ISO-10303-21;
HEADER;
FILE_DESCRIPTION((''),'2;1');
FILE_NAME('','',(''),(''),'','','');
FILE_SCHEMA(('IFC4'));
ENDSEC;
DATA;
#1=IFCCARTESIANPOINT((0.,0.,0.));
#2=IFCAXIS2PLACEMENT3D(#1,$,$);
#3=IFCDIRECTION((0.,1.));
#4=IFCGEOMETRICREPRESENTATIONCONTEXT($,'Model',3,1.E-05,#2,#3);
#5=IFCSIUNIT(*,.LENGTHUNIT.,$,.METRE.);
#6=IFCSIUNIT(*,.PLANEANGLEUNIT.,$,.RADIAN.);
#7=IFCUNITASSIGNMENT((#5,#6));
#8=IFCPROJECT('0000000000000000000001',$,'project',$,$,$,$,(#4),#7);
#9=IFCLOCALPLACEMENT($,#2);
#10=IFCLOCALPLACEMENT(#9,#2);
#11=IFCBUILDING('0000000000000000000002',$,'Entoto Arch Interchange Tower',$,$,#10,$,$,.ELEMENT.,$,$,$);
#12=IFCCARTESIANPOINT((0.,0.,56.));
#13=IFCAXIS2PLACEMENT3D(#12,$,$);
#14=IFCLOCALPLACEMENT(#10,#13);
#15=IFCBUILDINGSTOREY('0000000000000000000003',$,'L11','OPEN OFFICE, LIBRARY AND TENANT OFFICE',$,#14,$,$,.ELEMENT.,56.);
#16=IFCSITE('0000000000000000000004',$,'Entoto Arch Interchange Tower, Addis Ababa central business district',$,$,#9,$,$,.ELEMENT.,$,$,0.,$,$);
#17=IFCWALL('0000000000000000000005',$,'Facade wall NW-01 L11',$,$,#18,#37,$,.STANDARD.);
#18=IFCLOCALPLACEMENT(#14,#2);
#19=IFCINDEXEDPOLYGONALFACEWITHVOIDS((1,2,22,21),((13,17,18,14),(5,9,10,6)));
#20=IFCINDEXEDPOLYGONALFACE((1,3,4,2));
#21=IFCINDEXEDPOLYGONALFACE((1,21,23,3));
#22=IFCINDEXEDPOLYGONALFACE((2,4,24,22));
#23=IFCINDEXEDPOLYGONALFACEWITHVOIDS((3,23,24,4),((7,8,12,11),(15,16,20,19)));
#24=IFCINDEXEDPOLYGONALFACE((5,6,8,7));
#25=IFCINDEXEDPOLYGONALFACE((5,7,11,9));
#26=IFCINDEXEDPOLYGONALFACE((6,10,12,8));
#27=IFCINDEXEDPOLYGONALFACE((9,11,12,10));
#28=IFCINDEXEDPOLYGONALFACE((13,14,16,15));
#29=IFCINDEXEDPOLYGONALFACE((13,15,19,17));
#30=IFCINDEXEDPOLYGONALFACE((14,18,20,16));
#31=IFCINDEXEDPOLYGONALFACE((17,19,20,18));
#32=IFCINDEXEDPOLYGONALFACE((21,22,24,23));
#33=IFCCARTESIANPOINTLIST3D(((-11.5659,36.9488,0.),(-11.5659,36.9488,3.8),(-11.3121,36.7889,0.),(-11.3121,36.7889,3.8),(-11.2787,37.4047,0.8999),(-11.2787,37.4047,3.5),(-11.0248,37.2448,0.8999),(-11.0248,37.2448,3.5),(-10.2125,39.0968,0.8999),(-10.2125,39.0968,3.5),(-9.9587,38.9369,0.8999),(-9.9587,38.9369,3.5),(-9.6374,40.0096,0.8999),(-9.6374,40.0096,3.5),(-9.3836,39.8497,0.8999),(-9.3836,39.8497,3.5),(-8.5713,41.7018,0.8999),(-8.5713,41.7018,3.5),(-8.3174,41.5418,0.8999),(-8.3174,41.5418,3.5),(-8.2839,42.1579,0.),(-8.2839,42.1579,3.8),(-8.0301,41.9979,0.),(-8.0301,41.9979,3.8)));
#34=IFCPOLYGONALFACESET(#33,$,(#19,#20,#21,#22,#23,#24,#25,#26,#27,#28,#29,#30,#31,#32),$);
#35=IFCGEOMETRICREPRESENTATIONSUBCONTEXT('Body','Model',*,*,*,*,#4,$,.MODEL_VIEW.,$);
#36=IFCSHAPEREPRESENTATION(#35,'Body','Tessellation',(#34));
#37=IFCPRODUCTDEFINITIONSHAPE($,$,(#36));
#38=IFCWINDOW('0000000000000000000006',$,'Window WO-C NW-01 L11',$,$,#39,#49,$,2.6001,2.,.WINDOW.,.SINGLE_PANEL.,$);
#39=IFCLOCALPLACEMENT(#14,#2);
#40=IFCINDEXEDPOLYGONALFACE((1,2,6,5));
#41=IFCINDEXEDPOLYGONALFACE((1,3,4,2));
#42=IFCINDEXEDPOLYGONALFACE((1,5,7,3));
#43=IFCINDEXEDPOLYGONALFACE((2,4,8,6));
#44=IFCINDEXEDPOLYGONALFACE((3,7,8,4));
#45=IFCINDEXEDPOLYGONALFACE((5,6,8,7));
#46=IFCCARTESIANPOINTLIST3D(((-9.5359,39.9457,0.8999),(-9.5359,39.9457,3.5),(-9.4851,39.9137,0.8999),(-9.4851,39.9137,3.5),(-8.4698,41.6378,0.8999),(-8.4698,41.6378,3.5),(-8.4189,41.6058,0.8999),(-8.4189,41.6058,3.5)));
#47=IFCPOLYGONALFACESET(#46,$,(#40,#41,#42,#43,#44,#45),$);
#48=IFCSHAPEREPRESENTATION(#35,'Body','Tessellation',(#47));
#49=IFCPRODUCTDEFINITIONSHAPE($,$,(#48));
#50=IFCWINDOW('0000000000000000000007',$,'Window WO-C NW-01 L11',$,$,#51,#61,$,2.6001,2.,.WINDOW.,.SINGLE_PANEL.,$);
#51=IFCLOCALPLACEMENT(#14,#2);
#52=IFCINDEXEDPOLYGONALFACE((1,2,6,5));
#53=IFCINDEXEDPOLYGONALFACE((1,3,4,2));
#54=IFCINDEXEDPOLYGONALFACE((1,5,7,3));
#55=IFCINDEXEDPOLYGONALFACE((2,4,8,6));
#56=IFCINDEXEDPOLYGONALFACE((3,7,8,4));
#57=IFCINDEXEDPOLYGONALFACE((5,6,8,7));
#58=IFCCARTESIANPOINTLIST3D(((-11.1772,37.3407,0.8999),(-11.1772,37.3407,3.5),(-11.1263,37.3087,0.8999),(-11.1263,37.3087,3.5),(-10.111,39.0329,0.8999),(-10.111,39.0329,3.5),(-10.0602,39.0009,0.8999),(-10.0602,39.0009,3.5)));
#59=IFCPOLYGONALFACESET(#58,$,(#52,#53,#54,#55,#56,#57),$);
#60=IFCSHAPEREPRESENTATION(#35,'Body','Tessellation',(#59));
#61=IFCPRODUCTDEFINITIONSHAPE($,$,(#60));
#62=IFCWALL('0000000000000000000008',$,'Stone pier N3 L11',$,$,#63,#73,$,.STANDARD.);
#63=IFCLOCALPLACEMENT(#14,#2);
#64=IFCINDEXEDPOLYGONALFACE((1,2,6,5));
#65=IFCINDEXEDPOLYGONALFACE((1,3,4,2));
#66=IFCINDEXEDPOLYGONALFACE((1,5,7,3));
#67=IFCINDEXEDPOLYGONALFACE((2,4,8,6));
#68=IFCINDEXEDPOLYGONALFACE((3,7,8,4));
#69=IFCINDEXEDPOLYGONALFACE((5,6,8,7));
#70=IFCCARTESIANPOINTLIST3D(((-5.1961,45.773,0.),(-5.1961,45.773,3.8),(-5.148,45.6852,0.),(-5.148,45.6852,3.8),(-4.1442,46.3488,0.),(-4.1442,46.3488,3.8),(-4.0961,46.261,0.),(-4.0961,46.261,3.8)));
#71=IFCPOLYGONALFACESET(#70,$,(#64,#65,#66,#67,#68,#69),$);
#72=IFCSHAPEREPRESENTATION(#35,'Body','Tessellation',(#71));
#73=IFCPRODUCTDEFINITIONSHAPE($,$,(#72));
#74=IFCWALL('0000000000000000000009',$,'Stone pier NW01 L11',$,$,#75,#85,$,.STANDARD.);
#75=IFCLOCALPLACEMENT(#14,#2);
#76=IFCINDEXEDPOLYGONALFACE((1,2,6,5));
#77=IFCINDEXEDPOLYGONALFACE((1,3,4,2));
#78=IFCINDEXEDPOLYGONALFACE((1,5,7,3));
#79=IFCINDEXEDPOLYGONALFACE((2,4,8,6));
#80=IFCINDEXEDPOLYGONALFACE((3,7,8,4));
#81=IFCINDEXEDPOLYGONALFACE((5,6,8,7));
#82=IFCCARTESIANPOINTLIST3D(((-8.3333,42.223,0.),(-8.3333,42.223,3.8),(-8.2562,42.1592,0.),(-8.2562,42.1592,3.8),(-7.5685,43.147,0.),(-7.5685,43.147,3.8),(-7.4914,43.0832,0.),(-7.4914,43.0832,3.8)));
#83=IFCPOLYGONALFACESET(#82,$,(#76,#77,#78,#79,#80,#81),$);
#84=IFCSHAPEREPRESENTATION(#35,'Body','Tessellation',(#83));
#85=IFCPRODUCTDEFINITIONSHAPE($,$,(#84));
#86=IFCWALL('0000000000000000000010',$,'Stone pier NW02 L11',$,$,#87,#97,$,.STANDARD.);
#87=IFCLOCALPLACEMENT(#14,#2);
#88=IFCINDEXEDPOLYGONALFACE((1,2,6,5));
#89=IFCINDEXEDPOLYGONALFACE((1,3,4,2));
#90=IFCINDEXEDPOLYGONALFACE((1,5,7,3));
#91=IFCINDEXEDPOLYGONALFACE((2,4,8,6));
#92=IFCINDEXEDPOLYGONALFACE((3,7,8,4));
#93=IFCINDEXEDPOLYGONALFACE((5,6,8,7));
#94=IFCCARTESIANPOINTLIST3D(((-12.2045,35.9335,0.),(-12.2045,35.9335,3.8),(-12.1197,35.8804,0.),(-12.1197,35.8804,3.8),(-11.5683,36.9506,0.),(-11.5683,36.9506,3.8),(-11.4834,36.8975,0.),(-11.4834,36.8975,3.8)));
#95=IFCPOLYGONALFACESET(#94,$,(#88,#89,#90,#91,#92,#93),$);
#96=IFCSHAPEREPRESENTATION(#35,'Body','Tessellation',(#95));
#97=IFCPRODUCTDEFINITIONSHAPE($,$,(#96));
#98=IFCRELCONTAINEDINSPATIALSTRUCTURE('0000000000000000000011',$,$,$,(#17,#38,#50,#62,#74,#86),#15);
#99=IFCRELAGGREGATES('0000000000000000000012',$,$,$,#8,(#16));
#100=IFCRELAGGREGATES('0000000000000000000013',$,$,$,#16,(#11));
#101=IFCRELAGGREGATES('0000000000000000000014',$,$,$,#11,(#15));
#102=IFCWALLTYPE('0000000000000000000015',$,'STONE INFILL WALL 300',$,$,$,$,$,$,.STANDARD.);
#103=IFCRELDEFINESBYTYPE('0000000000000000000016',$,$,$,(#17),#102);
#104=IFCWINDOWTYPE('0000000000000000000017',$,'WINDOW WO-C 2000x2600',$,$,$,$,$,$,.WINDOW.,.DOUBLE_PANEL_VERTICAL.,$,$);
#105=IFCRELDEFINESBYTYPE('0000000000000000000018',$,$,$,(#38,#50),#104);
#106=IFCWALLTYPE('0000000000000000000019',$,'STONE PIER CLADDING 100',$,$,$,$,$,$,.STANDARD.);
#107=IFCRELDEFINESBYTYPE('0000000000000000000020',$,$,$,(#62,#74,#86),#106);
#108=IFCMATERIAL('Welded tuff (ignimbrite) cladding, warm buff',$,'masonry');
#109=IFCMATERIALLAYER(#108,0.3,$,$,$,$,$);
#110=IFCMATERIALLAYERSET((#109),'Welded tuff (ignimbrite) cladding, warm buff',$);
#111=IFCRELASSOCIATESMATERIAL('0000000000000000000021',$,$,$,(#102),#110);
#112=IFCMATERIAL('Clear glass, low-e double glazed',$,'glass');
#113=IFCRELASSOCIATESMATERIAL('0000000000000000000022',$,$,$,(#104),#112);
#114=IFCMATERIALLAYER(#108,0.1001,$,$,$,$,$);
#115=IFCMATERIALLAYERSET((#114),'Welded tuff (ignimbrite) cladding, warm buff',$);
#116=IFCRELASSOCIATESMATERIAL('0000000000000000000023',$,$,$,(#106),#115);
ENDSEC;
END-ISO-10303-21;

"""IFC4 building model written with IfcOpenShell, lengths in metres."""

from ifc_helpers import new_model, si_unit, direction, frame, frame_2d, origin, place, context, subcontext, project, spatial, rectangle, extrude, material, layer, layer_set, type_object, element, fill, save


model = new_model("IFC4")

# Units and contexts
model_context = context("Model", 3, precision=1e-05, world=origin(), true_north=direction((0.0, 1.0)))
body_context = subcontext(model_context, "Body", "Model", "MODEL_VIEW")
ifc_project = project(units=[si_unit("LENGTHUNIT", "METRE"), si_unit("PLANEANGLEUNIT", "RADIAN")], contexts=[model_context])

# Site, building, storey
site_placement = place(None, origin())
site = spatial("IfcSite", under=ifc_project, at=site_placement, Name="Entoto Arch Interchange Tower, Addis Ababa central business district", CompositionType="ELEMENT", RefElevation=0.0)
building_placement = place(site_placement, origin())
building = spatial("IfcBuilding", under=site, at=building_placement, Name="Entoto Arch Interchange Tower", CompositionType="ELEMENT")
storey_placement = place(building_placement, frame((0.0, 0.0, 56.0)))
storey = spatial("IfcBuildingStorey", under=building, at=storey_placement, Name="L11", Description="OPEN OFFICE, LIBRARY AND TENANT OFFICE", CompositionType="ELEMENT", Elevation=56.0)

# Shared definitions
ifc_material_1 = material(Name="Welded tuff (ignimbrite) cladding, warm buff", Category="masonry")
ifc_layer_1 = layer(ifc_material_1, 0.3)
ifc_layer_set_1 = layer_set([ifc_layer_1], Name="Welded tuff (ignimbrite) cladding, warm buff")
wall_type_1 = type_object("IfcWallType", Name="STONE INFILL WALL 300", PredefinedType="STANDARD", material=ifc_layer_set_1)
ifc_material_2 = material(Name="Clear glass, low-e double glazed", Category="glass")

# Wall, openings, windows
wall_1_placement = place(storey_placement, frame((-8.157, 42.0779, 0.0), z_axis=(0.0, 0.0, 1.0), x_axis=(-0.533075, -0.846068, 0.0)))
wall_1 = element("IfcWall", 1, at=wall_1_placement, inside=storey, type_object=wall_type_1, Name="Facade wall NW-01 L11", PredefinedType="STANDARD", context=body_context, shape_type="SweptSolid", body=[
    extrude(rectangle(XDim=6.1567, YDim=0.3, at=frame_2d((3.0784, 0.0))), origin(), (0.0, 0.0, 1.0), 3.8),
])
opening_1_placement = place(wall_1_placement, frame((0.5391, 0.0, 0.8999)))
opening_1 = element("IfcOpeningElement", 2, at=opening_1_placement, cuts=wall_1, PredefinedType="OPENING", context=body_context, shape_type="SweptSolid", body=[
    extrude(rectangle(XDim=2.0, YDim=2.6001, at=frame_2d((1.0, 1.3))), frame((0.0, 0.1602, 0.0), z_axis=(0.0, -1.0, 0.0), x_axis=(1.0, 0.0, 0.0)), (0.0, 0.0, 1.0), 0.3201),
])
opening_2_placement = place(wall_1_placement, frame((3.6179, 0.0, 0.8999)))
opening_2 = element("IfcOpeningElement", 3, at=opening_2_placement, cuts=wall_1, PredefinedType="OPENING", context=body_context, shape_type="SweptSolid", body=[
    extrude(rectangle(XDim=2.0, YDim=2.6001, at=frame_2d((1.0, 1.3))), frame((0.0, 0.1602, 0.0), z_axis=(0.0, -1.0, 0.0), x_axis=(1.0, 0.0, 0.0)), (0.0, 0.0, 1.0), 0.3201),
])
window_type_1 = type_object("IfcWindowType", Name="WINDOW WO-C 2000x2600", PartitioningType="DOUBLE_PANEL_VERTICAL", PredefinedType="WINDOW", material=ifc_material_2)
window_1_placement = place(opening_1_placement, origin())
window_1 = element("IfcWindow", 4, at=window_1_placement, inside=storey, type_object=window_type_1, Name="Window WO-C NW-01 L11", OverallHeight=2.6001, OverallWidth=2.0, PartitioningType="SINGLE_PANEL", PredefinedType="WINDOW", context=body_context, shape_type="SweptSolid", body=[
    extrude(rectangle(XDim=2.0, YDim=2.6001, at=frame_2d((1.0, 1.3))), frame((0.0, 0.03, 0.0), z_axis=(0.0, -1.0, 0.0), x_axis=(1.0, 0.0, 0.0)), (0.0, 0.0, 1.0), 0.0601),
])
fill(opening_1, window_1)
window_2_placement = place(opening_2_placement, origin())
window_2 = element("IfcWindow", 5, at=window_2_placement, inside=storey, type_object=window_type_1, Name="Window WO-C NW-01 L11", OverallHeight=2.6001, OverallWidth=2.0, PartitioningType="SINGLE_PANEL", PredefinedType="WINDOW", context=body_context, shape_type="SweptSolid", body=[
    extrude(rectangle(XDim=2.0, YDim=2.6001, at=frame_2d((1.0, 1.3))), frame((0.0, 0.03, 0.0), z_axis=(0.0, -1.0, 0.0), x_axis=(1.0, 0.0, 0.0)), (0.0, 0.0, 1.0), 0.0601),
])
fill(opening_2, window_2)

# Walls
ifc_layer_2 = layer(ifc_material_1, 0.1001)
ifc_layer_set_2 = layer_set([ifc_layer_2], Name="Welded tuff (ignimbrite) cladding, warm buff")
wall_type_2 = type_object("IfcWallType", Name="STONE PIER CLADDING 100", PredefinedType="STANDARD", material=ifc_layer_set_2)
wall_2_placement = place(storey_placement, frame((-4.1201, 46.3049, 0.0), z_axis=(0.0, 0.0, 1.0), x_axis=(-0.877155, -0.480206, 0.0)))
element("IfcWall", 6, at=wall_2_placement, inside=storey, type_object=wall_type_2, Name="Stone pier N3 L11", PredefinedType="STANDARD", context=body_context, shape_type="SweptSolid", body=[
    extrude(rectangle(XDim=1.1992, YDim=0.1001, at=frame_2d((0.5996, 0.0))), origin(), (0.0, 0.0, 1.0), 3.8),
])
wall_3_placement = place(storey_placement, frame((-7.53, 43.115, 0.0), z_axis=(0.0, 0.0, 1.0), x_axis=(-0.637639, -0.770336, 0.0)))
element("IfcWall", 7, at=wall_3_placement, inside=storey, type_object=wall_type_2, Name="Stone pier NW01 L11", PredefinedType="STANDARD", context=body_context, shape_type="SweptSolid", body=[
    extrude(rectangle(XDim=1.1995, YDim=0.1001, at=frame_2d((0.5996, 0.0))), origin(), (0.0, 0.0, 1.0), 3.8),
])
wall_4_placement = place(storey_placement, frame((-11.5259, 36.9241, 0.0), z_axis=(0.0, 0.0, 1.0), x_axis=(-0.530328, -0.847792, 0.0)))
element("IfcWall", 8, at=wall_4_placement, inside=storey, type_object=wall_type_2, Name="Stone pier NW02 L11", PredefinedType="STANDARD", context=body_context, shape_type="SweptSolid", body=[
    extrude(rectangle(XDim=1.1997, YDim=0.1001, at=frame_2d((0.5999, 0.0))), origin(), (0.0, 0.0, 1.0), 3.8),
])

save(model, "model.ifc")
